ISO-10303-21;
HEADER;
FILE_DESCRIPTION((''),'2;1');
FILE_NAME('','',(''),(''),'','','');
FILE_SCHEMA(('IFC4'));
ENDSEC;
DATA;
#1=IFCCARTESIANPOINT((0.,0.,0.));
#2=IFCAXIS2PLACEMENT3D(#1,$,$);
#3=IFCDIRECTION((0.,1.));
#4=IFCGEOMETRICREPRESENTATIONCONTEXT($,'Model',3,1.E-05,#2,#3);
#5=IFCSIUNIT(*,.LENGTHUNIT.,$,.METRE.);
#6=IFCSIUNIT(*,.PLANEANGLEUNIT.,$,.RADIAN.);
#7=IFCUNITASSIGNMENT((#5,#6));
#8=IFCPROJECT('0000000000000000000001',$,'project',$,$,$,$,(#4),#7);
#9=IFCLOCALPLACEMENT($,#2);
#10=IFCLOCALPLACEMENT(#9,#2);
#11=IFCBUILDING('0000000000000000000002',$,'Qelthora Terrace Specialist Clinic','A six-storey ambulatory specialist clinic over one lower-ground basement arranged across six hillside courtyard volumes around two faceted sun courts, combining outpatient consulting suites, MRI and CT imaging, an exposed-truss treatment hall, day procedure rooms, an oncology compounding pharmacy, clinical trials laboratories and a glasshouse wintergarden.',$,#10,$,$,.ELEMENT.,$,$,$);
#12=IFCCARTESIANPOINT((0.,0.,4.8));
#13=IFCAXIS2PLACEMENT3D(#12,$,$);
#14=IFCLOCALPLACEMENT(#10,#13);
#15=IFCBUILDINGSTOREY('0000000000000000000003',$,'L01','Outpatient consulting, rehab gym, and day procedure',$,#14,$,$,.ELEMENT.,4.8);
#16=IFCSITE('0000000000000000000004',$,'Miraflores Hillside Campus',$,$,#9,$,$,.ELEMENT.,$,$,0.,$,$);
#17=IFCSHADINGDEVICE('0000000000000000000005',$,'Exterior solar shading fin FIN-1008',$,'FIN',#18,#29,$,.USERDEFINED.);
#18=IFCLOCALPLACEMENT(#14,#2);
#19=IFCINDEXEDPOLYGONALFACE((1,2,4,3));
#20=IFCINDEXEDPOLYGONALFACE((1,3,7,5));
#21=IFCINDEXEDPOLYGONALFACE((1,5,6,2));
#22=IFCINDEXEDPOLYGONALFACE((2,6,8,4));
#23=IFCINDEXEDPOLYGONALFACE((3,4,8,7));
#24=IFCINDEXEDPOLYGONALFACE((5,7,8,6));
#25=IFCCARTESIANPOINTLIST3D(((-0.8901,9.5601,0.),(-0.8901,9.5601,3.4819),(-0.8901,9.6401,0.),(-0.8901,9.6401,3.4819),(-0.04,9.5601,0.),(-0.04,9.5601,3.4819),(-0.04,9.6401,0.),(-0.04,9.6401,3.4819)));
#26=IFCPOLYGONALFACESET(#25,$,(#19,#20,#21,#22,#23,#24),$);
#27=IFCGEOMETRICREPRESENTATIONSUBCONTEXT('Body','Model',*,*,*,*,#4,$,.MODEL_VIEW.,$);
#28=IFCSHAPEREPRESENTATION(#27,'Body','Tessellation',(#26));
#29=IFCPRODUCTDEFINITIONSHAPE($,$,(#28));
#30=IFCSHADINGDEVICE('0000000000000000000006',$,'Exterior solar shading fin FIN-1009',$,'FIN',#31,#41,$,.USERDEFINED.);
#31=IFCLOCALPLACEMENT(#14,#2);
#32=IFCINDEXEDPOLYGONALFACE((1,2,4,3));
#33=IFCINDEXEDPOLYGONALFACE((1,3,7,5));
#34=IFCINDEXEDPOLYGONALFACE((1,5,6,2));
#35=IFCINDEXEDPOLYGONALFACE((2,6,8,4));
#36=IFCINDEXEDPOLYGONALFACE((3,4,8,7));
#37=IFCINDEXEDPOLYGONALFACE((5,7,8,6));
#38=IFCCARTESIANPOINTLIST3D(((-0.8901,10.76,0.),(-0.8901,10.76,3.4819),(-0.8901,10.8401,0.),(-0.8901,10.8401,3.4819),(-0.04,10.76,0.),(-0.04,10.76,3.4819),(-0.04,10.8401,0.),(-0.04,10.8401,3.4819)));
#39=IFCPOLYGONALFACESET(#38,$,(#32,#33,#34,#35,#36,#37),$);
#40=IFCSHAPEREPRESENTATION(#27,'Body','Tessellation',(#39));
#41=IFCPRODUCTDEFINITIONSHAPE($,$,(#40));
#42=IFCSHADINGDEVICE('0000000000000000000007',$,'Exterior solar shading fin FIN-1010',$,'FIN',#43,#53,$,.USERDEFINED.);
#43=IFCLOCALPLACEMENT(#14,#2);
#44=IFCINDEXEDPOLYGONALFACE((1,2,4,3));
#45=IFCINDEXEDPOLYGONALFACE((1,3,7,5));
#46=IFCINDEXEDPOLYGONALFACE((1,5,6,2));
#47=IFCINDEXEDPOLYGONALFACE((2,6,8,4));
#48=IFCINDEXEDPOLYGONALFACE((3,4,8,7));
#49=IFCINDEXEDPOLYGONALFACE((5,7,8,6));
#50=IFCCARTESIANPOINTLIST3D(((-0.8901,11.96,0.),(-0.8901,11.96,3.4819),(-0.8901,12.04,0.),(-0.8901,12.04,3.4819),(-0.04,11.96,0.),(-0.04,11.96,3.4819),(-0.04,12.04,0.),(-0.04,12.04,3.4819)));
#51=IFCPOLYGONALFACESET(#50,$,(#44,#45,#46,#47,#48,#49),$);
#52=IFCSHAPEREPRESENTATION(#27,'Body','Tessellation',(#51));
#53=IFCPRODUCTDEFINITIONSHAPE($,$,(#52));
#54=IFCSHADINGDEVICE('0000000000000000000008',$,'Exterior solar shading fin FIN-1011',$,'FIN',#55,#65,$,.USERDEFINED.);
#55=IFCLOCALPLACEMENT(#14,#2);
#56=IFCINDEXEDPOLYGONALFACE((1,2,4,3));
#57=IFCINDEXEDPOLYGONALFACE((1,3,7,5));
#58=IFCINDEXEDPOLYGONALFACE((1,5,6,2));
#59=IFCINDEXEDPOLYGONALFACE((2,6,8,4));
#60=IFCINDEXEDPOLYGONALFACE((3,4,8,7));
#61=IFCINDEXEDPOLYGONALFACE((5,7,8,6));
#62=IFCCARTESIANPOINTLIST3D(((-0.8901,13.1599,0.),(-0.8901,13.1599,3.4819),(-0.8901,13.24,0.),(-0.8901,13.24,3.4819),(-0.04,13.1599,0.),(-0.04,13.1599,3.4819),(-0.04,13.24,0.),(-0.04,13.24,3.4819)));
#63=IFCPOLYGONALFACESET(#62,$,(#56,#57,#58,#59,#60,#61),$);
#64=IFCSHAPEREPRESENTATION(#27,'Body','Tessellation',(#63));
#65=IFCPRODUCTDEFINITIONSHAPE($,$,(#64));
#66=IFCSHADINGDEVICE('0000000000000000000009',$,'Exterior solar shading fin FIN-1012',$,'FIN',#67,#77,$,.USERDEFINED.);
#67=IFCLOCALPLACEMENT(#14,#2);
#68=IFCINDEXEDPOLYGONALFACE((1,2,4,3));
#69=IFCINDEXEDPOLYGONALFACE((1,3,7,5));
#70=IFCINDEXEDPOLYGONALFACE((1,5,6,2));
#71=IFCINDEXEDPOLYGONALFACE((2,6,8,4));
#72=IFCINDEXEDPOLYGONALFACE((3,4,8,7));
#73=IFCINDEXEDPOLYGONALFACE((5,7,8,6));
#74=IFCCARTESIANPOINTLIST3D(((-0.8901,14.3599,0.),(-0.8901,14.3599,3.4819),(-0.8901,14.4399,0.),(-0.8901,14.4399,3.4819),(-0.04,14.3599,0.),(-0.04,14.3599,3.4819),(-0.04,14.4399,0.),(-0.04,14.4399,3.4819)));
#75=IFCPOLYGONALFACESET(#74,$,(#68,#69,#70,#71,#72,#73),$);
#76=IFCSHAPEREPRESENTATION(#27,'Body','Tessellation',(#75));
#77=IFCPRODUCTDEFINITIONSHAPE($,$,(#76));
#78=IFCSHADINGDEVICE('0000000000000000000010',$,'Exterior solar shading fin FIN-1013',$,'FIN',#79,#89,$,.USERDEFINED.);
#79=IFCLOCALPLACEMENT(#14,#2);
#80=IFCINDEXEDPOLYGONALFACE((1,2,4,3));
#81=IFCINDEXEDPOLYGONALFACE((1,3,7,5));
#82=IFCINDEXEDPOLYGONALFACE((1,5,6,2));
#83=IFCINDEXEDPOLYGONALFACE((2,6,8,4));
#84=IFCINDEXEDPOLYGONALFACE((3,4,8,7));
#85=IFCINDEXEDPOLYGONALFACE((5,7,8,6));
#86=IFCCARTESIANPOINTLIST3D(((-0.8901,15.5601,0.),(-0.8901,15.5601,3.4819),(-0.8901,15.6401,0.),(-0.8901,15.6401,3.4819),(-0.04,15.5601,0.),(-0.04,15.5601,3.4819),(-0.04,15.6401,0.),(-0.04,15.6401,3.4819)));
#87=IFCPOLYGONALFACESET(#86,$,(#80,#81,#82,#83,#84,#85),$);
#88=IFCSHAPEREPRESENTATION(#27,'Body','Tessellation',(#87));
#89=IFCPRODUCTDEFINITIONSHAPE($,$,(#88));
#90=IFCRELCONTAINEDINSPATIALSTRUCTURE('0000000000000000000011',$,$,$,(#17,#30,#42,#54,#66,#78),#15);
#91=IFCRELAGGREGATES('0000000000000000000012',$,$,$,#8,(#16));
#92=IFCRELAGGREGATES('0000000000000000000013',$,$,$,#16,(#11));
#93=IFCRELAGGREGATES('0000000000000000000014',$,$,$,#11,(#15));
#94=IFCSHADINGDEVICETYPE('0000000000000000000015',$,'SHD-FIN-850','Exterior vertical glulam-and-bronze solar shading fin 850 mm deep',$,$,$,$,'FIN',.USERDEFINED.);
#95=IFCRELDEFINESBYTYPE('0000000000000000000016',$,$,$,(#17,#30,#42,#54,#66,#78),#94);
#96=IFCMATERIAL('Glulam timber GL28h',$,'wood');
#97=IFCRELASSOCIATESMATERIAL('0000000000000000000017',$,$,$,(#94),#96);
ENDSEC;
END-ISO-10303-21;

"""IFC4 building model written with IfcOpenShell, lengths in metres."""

from ifc_helpers import new_model, si_unit, direction, frame, origin, origin_2d, place, context, subcontext, project, spatial, rectangle, extrude, material, type_object, element, save


model = new_model("IFC4")

# Units and contexts
model_context = context("Model", 3, precision=1e-05, world=origin(), true_north=direction((0.0, 1.0)))
body_context = subcontext(model_context, "Body", "Model", "MODEL_VIEW")
ifc_project = project(units=[si_unit("LENGTHUNIT", "METRE"), si_unit("PLANEANGLEUNIT", "RADIAN")], contexts=[model_context])

# Site, building, storey
site_placement = place(None, origin())
site = spatial("IfcSite", under=ifc_project, at=site_placement, Name="Miraflores Hillside Campus", CompositionType="ELEMENT", RefElevation=0.0)
building_placement = place(site_placement, origin())
building = spatial("IfcBuilding", under=site, at=building_placement, Name="Qelthora Terrace Specialist Clinic", Description="A six-storey ambulatory specialist clinic over one lower-ground basement arranged across six hillside courtyard volumes around two faceted sun courts, combining outpatient consulting suites, MRI and CT imaging, an exposed-truss treatment hall, day procedure rooms, an oncology compounding pharmacy, clinical trials laboratories and a glasshouse wintergarden.", CompositionType="ELEMENT")
storey_placement = place(building_placement, frame((0.0, 0.0, 4.8)))
storey = spatial("IfcBuildingStorey", under=building, at=storey_placement, Name="L01", Description="Outpatient consulting, rehab gym, and day procedure", CompositionType="ELEMENT", Elevation=4.8)

# Shared definitions
ifc_material_1 = material(Name="Glulam timber GL28h", Category="wood")

# Shading devices
shading_device_type = type_object("IfcShadingDeviceType", Name="SHD-FIN-850", Description="Exterior vertical glulam-and-bronze solar shading fin 850 mm deep", ElementType="FIN", PredefinedType="USERDEFINED", material=ifc_material_1)
for number, where, z_axis, x_axis, name in (
    (1, (-0.4651, 9.6001, 0.0), (0.0, 0.0, 1.0), (-1.0, 0.0, 0.0), "Exterior solar shading fin FIN-1008"),
    (2, (-0.4651, 10.8, 0.0), (0.0, 0.0, 1.0), (-1.0, 0.0, 0.0), "Exterior solar shading fin FIN-1009"),
    (3, (-0.4651, 12.0, 0.0), (0.0, 0.0, 1.0), (-1.0, 0.0, 0.0), "Exterior solar shading fin FIN-1010"),
    (4, (-0.4651, 13.2, 0.0), (0.0, 0.0, 1.0), (-1.0, 0.0, 0.0), "Exterior solar shading fin FIN-1011"),
    (5, (-0.4651, 14.3999, 0.0), (0.0, 0.0, 1.0), (-1.0, 0.0, 0.0), "Exterior solar shading fin FIN-1012"),
    (6, (-0.4651, 15.6001, 0.0), (0.0, 0.0, 1.0), (-1.0, 0.0, 0.0), "Exterior solar shading fin FIN-1013"),
):
    element("IfcShadingDevice", number, at=place(storey_placement, frame(where, z_axis=z_axis, x_axis=x_axis)), inside=storey, type_object=shading_device_type, Name=name, ObjectType="FIN", PredefinedType="USERDEFINED", context=body_context, shape_type="SweptSolid", body=[
        extrude(rectangle(XDim=0.8501, YDim=0.0801, at=origin_2d()), origin(), (0.0, 0.0, 1.0), 3.4819),
    ])

save(model, "model.ifc")
